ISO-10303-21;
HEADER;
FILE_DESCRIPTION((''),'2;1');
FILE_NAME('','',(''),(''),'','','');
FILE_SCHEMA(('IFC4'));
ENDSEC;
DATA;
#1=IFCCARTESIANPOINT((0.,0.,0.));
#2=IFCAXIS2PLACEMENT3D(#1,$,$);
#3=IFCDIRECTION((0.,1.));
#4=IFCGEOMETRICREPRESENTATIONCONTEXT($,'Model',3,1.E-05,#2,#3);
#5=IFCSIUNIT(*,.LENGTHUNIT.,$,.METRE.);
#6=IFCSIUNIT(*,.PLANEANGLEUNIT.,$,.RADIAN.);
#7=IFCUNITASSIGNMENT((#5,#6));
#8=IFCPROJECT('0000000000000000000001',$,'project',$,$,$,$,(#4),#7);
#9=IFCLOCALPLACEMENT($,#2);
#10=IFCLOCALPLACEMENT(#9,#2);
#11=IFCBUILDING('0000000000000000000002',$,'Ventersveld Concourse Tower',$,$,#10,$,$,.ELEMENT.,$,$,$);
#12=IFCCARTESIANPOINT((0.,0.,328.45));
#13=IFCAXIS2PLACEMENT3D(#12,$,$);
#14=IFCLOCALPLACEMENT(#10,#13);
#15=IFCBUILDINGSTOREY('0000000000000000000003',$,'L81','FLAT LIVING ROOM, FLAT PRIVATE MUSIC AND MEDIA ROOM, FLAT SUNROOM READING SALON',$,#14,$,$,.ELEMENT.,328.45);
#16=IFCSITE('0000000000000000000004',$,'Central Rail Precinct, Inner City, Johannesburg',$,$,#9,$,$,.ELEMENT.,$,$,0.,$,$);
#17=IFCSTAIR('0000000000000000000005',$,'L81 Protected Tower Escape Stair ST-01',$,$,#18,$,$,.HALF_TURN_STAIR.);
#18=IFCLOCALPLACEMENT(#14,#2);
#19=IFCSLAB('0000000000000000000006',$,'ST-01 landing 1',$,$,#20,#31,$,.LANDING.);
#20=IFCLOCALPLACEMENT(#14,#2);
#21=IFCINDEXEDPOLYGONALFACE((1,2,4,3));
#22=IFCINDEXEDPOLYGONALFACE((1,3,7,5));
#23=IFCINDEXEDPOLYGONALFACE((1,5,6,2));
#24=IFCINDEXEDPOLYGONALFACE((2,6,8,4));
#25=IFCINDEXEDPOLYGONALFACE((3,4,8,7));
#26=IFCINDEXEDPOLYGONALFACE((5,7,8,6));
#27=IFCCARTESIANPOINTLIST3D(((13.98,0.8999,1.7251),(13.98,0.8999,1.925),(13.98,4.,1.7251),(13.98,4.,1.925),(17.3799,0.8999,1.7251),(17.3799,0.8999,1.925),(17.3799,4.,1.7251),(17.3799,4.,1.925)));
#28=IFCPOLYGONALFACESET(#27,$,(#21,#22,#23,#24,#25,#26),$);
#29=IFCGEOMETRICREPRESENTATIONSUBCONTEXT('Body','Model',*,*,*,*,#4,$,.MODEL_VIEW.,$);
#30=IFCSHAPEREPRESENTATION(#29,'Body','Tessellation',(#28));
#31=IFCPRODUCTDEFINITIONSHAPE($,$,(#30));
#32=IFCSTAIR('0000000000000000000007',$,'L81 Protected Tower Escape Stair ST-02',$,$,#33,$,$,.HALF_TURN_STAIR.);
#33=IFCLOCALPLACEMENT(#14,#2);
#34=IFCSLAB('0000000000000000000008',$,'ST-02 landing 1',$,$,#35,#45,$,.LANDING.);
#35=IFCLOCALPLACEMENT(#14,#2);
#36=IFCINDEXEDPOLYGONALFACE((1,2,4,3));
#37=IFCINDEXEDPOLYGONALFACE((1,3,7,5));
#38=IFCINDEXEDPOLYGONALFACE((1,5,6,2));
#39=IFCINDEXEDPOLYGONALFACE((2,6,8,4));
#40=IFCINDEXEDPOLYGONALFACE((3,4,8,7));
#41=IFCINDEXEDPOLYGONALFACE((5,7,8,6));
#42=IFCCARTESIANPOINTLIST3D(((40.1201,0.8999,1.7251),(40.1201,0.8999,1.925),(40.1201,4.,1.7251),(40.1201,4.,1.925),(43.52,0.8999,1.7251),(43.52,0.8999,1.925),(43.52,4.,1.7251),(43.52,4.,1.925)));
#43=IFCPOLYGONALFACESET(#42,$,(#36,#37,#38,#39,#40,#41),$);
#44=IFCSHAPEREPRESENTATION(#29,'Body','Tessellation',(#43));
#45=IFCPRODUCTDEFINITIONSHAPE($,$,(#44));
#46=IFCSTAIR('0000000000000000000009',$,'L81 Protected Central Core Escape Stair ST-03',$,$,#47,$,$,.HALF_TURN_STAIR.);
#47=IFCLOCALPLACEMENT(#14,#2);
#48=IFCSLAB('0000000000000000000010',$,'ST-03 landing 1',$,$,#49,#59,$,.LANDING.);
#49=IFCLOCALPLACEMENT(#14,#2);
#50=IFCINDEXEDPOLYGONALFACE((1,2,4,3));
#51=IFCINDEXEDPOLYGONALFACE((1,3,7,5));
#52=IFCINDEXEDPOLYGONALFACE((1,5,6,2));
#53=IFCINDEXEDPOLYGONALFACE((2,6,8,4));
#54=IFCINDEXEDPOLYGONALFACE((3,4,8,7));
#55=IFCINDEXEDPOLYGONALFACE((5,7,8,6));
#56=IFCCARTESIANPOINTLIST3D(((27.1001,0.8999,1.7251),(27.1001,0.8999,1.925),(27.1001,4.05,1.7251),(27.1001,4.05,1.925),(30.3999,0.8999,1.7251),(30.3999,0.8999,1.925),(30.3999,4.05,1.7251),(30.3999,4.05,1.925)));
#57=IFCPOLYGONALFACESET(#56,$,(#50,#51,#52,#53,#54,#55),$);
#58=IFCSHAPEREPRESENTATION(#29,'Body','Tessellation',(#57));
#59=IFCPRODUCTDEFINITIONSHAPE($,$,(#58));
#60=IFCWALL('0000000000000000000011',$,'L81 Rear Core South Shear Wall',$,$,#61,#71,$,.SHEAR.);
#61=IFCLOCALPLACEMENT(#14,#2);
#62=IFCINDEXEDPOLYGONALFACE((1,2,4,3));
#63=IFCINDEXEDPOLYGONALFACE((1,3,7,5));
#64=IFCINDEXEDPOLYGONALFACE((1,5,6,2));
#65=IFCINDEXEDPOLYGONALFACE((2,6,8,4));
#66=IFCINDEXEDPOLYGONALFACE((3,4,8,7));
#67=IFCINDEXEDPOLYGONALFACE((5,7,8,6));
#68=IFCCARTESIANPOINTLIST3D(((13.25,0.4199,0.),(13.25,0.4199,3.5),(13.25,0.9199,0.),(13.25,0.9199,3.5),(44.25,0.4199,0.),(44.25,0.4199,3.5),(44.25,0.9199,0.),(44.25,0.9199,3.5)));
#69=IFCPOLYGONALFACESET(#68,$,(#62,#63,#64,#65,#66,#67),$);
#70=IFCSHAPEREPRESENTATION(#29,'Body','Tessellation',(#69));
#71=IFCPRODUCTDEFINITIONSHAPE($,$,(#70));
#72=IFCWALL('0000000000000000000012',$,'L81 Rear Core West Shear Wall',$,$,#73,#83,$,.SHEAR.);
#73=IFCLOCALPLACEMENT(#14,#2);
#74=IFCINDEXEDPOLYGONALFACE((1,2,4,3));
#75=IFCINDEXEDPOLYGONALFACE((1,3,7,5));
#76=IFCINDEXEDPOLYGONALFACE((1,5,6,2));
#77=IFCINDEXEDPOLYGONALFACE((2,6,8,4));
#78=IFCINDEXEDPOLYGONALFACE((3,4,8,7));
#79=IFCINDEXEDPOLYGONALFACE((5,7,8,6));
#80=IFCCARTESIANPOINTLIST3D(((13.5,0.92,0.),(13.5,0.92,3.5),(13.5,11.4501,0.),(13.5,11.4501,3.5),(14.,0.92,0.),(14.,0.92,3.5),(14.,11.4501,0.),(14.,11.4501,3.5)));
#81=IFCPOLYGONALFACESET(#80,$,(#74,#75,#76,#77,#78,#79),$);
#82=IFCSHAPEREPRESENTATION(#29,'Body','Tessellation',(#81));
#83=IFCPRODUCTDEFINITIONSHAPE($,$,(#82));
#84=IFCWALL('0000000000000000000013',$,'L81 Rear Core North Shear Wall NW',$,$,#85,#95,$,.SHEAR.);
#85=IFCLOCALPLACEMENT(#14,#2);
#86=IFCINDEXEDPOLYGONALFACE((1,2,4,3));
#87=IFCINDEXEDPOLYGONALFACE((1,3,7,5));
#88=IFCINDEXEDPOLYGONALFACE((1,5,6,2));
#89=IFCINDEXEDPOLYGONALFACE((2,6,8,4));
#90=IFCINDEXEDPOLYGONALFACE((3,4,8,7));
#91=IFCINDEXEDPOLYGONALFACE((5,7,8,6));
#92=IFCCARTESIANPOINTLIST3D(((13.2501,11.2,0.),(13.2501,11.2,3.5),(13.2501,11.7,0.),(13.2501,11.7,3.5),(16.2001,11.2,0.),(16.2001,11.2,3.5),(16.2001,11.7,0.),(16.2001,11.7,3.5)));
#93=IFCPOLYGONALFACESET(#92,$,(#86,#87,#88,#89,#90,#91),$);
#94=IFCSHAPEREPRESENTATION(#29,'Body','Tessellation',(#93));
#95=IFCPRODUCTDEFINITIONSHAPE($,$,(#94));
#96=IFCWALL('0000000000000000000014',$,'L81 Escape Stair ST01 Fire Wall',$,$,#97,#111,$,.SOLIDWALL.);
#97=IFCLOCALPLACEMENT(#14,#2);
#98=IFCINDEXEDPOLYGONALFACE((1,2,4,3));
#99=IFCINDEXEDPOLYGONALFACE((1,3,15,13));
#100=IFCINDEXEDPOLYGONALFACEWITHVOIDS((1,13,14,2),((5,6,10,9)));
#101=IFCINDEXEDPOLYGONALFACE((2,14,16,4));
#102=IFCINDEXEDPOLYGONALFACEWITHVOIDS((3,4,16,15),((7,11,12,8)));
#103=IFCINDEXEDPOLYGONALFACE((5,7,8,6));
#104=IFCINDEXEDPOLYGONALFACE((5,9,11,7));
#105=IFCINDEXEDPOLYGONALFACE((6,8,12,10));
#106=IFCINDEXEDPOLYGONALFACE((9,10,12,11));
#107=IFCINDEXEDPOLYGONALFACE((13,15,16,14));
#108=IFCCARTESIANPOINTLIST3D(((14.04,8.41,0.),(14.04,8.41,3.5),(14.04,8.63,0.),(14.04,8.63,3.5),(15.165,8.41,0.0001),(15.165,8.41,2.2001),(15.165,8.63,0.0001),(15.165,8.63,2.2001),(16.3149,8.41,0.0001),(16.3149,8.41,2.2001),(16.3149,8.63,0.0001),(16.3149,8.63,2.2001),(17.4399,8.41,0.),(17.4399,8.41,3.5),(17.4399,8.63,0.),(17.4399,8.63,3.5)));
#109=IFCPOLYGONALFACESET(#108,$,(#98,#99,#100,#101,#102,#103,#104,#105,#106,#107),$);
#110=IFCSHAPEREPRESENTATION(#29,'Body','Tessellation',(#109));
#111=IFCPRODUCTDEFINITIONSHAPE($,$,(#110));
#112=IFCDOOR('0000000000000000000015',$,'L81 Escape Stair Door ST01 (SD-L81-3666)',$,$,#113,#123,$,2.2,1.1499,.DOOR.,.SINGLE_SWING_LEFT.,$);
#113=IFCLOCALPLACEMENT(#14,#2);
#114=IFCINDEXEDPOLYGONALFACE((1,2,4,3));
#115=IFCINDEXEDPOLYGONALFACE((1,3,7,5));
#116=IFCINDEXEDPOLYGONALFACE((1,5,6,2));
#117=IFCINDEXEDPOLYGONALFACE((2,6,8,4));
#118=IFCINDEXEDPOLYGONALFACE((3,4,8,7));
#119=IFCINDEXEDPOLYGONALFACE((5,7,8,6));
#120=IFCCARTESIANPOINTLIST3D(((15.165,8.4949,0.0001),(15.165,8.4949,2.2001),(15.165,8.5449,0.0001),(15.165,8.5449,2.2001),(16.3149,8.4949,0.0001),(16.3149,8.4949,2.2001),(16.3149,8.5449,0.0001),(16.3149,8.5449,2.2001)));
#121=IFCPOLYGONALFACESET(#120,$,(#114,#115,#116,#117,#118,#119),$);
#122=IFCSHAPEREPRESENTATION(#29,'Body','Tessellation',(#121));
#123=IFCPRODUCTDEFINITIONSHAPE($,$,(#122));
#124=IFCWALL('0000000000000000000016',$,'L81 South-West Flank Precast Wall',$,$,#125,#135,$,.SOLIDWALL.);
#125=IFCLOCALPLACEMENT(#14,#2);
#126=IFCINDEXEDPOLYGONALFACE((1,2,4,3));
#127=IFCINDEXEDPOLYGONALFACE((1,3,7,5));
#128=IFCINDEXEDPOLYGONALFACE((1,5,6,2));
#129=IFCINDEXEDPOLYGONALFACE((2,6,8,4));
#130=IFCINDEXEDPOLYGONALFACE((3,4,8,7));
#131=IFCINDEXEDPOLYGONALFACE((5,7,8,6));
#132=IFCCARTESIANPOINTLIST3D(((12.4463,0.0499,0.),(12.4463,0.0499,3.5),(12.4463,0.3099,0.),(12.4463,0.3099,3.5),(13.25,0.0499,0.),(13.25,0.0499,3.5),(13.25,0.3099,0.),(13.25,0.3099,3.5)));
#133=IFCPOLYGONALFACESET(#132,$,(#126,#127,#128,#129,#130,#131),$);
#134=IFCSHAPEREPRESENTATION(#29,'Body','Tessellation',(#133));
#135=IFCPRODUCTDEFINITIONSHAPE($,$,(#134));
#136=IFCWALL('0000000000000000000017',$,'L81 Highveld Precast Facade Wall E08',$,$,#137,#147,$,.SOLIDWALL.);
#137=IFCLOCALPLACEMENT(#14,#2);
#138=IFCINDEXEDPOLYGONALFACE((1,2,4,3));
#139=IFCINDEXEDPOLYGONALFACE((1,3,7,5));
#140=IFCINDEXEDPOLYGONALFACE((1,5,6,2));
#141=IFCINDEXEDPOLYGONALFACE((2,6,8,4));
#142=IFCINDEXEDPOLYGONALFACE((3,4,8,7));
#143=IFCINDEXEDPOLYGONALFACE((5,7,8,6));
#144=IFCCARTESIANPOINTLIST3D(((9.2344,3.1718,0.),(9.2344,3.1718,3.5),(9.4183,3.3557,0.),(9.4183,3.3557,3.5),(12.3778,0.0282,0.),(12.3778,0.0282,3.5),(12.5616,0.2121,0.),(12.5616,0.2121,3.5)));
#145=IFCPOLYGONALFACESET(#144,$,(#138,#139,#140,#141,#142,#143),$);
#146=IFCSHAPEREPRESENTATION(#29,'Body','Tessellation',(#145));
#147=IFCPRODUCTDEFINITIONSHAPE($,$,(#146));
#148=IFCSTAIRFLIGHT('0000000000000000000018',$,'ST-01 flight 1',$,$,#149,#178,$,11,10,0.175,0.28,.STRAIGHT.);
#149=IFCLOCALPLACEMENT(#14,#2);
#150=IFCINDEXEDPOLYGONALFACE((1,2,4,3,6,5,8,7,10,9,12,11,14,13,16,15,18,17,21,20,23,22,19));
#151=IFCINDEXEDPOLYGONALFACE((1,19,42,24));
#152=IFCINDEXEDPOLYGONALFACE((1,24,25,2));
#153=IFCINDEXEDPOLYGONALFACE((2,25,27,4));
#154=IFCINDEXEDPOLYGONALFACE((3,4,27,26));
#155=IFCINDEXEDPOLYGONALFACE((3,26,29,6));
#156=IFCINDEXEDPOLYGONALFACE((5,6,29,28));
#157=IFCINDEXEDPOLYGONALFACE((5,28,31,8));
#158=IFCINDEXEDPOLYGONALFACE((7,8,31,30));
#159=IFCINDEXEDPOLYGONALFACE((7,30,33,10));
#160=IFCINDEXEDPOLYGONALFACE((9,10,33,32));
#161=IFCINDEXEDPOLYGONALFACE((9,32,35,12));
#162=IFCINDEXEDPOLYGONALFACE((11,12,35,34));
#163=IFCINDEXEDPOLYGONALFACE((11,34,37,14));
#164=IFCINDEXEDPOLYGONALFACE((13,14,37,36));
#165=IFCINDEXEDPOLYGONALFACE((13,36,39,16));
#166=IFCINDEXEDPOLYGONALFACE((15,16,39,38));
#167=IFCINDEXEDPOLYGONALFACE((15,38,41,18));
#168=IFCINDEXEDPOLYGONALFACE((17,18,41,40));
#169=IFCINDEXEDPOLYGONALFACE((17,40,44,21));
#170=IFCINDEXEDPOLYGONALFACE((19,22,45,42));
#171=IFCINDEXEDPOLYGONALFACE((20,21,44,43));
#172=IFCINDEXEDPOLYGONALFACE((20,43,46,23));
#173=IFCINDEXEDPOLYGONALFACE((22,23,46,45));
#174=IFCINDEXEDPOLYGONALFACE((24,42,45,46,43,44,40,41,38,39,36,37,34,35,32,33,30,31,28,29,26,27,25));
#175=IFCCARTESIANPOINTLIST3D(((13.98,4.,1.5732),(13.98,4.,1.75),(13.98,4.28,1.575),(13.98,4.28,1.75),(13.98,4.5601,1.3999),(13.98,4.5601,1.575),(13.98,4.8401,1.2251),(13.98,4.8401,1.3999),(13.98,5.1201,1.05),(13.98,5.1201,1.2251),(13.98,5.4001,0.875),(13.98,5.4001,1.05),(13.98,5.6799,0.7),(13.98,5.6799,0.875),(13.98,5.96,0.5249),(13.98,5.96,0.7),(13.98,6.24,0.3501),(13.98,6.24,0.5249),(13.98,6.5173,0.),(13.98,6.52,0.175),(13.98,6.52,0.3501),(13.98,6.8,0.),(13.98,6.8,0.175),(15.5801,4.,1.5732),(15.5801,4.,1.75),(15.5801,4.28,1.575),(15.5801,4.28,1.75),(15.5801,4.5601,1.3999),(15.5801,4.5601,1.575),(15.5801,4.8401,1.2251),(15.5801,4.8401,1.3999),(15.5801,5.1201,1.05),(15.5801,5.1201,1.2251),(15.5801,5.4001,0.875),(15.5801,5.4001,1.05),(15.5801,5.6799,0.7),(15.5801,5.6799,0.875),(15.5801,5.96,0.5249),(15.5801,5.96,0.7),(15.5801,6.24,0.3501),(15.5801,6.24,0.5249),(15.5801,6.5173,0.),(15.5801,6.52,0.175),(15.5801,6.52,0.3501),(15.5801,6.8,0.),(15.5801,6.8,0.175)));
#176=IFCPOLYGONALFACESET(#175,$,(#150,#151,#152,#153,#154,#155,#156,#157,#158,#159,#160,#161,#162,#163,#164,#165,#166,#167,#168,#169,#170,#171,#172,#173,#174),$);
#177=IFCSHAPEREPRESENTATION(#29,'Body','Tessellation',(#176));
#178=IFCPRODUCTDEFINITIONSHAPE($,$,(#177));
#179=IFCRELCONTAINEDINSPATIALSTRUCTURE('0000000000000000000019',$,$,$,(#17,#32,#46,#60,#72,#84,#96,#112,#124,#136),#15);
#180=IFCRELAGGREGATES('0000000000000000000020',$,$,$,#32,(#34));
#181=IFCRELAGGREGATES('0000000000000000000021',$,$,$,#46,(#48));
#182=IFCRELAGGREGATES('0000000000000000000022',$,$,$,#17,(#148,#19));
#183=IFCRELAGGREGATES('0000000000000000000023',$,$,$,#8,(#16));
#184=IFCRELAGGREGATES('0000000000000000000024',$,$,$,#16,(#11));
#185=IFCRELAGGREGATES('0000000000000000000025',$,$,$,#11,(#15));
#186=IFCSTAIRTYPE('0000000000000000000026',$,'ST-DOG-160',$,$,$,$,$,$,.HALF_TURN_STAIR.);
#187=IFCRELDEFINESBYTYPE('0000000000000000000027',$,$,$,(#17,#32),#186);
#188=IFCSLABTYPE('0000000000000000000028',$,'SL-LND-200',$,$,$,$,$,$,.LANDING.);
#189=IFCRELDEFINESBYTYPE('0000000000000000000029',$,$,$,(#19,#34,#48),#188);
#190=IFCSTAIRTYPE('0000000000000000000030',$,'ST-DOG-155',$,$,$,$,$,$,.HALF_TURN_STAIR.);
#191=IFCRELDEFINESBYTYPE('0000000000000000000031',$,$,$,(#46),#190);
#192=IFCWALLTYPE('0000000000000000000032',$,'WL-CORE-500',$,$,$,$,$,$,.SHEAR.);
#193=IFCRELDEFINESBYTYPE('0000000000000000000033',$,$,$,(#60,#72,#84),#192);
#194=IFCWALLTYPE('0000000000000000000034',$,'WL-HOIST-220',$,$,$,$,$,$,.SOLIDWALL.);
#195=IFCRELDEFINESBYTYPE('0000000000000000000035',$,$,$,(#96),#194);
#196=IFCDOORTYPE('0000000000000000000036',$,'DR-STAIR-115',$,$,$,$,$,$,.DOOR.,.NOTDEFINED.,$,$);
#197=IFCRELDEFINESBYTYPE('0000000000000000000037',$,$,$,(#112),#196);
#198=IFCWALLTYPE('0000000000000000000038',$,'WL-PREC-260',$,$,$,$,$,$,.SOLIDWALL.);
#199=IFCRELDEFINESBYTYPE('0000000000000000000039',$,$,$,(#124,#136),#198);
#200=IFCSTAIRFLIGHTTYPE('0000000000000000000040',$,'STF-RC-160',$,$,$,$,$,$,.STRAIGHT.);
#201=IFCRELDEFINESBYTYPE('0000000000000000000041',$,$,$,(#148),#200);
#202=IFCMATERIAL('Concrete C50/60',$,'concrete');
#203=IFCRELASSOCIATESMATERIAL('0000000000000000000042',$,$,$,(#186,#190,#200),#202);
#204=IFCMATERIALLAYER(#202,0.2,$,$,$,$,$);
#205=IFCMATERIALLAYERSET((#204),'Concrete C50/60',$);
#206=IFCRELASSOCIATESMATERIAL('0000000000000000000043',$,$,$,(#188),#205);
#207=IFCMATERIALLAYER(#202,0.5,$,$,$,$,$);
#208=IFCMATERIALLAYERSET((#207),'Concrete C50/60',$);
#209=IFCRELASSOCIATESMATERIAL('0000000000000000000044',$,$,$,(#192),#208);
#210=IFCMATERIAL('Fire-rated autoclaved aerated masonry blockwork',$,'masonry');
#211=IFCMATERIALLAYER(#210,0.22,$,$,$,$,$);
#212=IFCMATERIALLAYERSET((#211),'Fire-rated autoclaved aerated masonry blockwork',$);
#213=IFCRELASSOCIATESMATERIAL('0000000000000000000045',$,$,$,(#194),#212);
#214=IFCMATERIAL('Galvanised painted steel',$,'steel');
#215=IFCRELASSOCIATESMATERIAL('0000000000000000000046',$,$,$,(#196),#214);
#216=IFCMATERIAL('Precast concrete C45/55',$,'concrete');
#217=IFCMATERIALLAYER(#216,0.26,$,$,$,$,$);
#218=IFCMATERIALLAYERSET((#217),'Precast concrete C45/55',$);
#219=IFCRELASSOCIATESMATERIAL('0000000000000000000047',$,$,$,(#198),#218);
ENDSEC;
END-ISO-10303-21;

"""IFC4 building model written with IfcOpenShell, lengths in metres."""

from ifc_helpers import new_model, si_unit, direction, frame, frame_2d, origin, place, context, subcontext, project, spatial, polyline, rectangle, outline, extrude, material, layer, layer_set, type_object, element, fill, aggregate, save


model = new_model("IFC4")

# Units and contexts
model_context = context("Model", 3, precision=1e-05, world=origin(), true_north=direction((0.0, 1.0)))
body_context = subcontext(model_context, "Body", "Model", "MODEL_VIEW")
ifc_project = project(units=[si_unit("LENGTHUNIT", "METRE"), si_unit("PLANEANGLEUNIT", "RADIAN")], contexts=[model_context])

# Site, building, storey
site_placement = place(None, origin())
site = spatial("IfcSite", under=ifc_project, at=site_placement, Name="Central Rail Precinct, Inner City, Johannesburg", CompositionType="ELEMENT", RefElevation=0.0)
building_placement = place(site_placement, origin())
building = spatial("IfcBuilding", under=site, at=building_placement, Name="Ventersveld Concourse Tower", CompositionType="ELEMENT")
storey_placement = place(building_placement, frame((0.0, 0.0, 328.45)))
storey = spatial("IfcBuildingStorey", under=building, at=storey_placement, Name="L81", Description="FLAT LIVING ROOM, FLAT PRIVATE MUSIC AND MEDIA ROOM, FLAT SUNROOM READING SALON", CompositionType="ELEMENT", Elevation=328.45)

# Shared definitions
ifc_material_1 = material(Name="Concrete C50/60", Category="concrete")

# Stairs, slabs
stair_type_1 = type_object("IfcStairType", Name="ST-DOG-160", PredefinedType="HALF_TURN_STAIR", material=ifc_material_1)
stair_1_placement = place(storey_placement, origin())
stair_1 = element("IfcStair", 1, at=stair_1_placement, inside=storey, type_object=stair_type_1, Name="L81 Protected Tower Escape Stair ST-01", PredefinedType="HALF_TURN_STAIR")
ifc_layer_1 = layer(ifc_material_1, 0.2)
ifc_layer_set_1 = layer_set([ifc_layer_1], Name="Concrete C50/60")
slab_type_1 = type_object("IfcSlabType", Name="SL-LND-200", PredefinedType="LANDING", material=ifc_layer_set_1)
slab_1_placement = place(storey_placement, frame((0.0, 0.0, 1.7251)))
slab_1 = element("IfcSlab", 2, at=slab_1_placement, type_object=slab_type_1, Name="ST-01 landing 1", PredefinedType="LANDING", context=body_context, shape_type="SweptSolid", body=[
    extrude(outline(polyline([(13.98, 4.0), (13.98, 0.8999), (17.3799, 0.8999), (17.3799, 4.0), (13.98, 4.0)])), origin(), (0.0, 0.0, 1.0), 0.2),
])
stair_2_placement = place(storey_placement, origin())
stair_2 = element("IfcStair", 3, at=stair_2_placement, inside=storey, type_object=stair_type_1, Name="L81 Protected Tower Escape Stair ST-02", PredefinedType="HALF_TURN_STAIR")
slab_2_placement = place(storey_placement, frame((0.0, 0.0, 1.7251)))
slab_2 = element("IfcSlab", 4, at=slab_2_placement, type_object=slab_type_1, Name="ST-02 landing 1", PredefinedType="LANDING", context=body_context, shape_type="SweptSolid", body=[
    extrude(outline(polyline([(40.1201, 4.0), (40.1201, 0.8999), (43.52, 0.8999), (43.52, 4.0), (40.1201, 4.0)])), origin(), (0.0, 0.0, 1.0), 0.2),
])
aggregate(stair_2, [slab_2])
stair_type_2 = type_object("IfcStairType", Name="ST-DOG-155", PredefinedType="HALF_TURN_STAIR", material=ifc_material_1)
stair_3_placement = place(storey_placement, origin())
stair_3 = element("IfcStair", 5, at=stair_3_placement, inside=storey, type_object=stair_type_2, Name="L81 Protected Central Core Escape Stair ST-03", PredefinedType="HALF_TURN_STAIR")
slab_3_placement = place(storey_placement, frame((0.0, 0.0, 1.7251)))
slab_3 = element("IfcSlab", 6, at=slab_3_placement, type_object=slab_type_1, Name="ST-03 landing 1", PredefinedType="LANDING", context=body_context, shape_type="SweptSolid", body=[
    extrude(outline(polyline([(27.1001, 4.05), (27.1001, 0.8999), (30.3999, 0.8999), (30.3999, 4.05), (27.1001, 4.05)])), origin(), (0.0, 0.0, 1.0), 0.2),
])
aggregate(stair_3, [slab_3])

# Walls
ifc_layer_2 = layer(ifc_material_1, 0.5)
ifc_layer_set_2 = layer_set([ifc_layer_2], Name="Concrete C50/60")
wall_type_1 = type_object("IfcWallType", Name="WL-CORE-500", PredefinedType="SHEAR", material=ifc_layer_set_2)
wall_1_placement = place(storey_placement, frame((13.25, 0.6699, 0.0), z_axis=(0.0, 0.0, 1.0), x_axis=(1.0, 0.0, 0.0)))
element("IfcWall", 7, at=wall_1_placement, inside=storey, type_object=wall_type_1, Name="L81 Rear Core South Shear Wall", PredefinedType="SHEAR", context=body_context, shape_type="SweptSolid", body=[
    extrude(rectangle(XDim=31.0, YDim=0.5, at=frame_2d((15.5, 0.0))), origin(), (0.0, 0.0, 1.0), 3.5),
])
wall_2_placement = place(storey_placement, frame((13.75, 0.9199, 0.0), z_axis=(0.0, 0.0, 1.0), x_axis=(0.0, 1.0, 0.0)))
element("IfcWall", 8, at=wall_2_placement, inside=storey, type_object=wall_type_1, Name="L81 Rear Core West Shear Wall", PredefinedType="SHEAR", context=body_context, shape_type="SweptSolid", body=[
    extrude(rectangle(XDim=10.53, YDim=0.5, at=frame_2d((5.2651, 0.0))), origin(), (0.0, 0.0, 1.0), 3.5),
])
wall_3_placement = place(storey_placement, frame((13.25, 11.45, 0.0), z_axis=(0.0, 0.0, 1.0), x_axis=(1.0, 0.0, 0.0)))
element("IfcWall", 9, at=wall_3_placement, inside=storey, type_object=wall_type_1, Name="L81 Rear Core North Shear Wall NW", PredefinedType="SHEAR", context=body_context, shape_type="SweptSolid", body=[
    extrude(rectangle(XDim=2.95, YDim=0.5, at=frame_2d((1.4751, 0.0))), origin(), (0.0, 0.0, 1.0), 3.5),
])

# Wall, opening, door
ifc_material_2 = material(Name="Fire-rated autoclaved aerated masonry blockwork", Category="masonry")
ifc_layer_3 = layer(ifc_material_2, 0.22)
ifc_layer_set_3 = layer_set([ifc_layer_3], Name="Fire-rated autoclaved aerated masonry blockwork")
wall_type_2 = type_object("IfcWallType", Name="WL-HOIST-220", PredefinedType="SOLIDWALL", material=ifc_layer_set_3)
wall_4_placement = place(storey_placement, frame((14.04, 8.52, 0.0), z_axis=(0.0, 0.0, 1.0), x_axis=(1.0, 0.0, 0.0)))
wall_4 = element("IfcWall", 10, at=wall_4_placement, inside=storey, type_object=wall_type_2, Name="L81 Escape Stair ST01 Fire Wall", PredefinedType="SOLIDWALL", context=body_context, shape_type="SweptSolid", body=[
    extrude(rectangle(XDim=3.3999, YDim=0.22, at=frame_2d((1.7, 0.0))), origin(), (0.0, 0.0, 1.0), 3.5),
])
opening_placement = place(wall_4_placement, frame((1.125, 0.0, 0.0)))
opening = element("IfcOpeningElement", 11, at=opening_placement, cuts=wall_4, PredefinedType="OPENING", context=body_context, shape_type="SweptSolid", body=[
    extrude(rectangle(XDim=1.1499, YDim=2.2, at=frame_2d((0.575, 1.1001))), frame((0.0, 0.1201, 0.0), z_axis=(0.0, -1.0, 0.0), x_axis=(1.0, 0.0, 0.0)), (0.0, 0.0, 1.0), 0.24),
])
ifc_material_3 = material(Name="Galvanised painted steel", Category="steel")
door_type = type_object("IfcDoorType", Name="DR-STAIR-115", OperationType="NOTDEFINED", PredefinedType="DOOR", material=ifc_material_3)
door_placement = place(opening_placement, origin())
door = element("IfcDoor", 12, at=door_placement, inside=storey, type_object=door_type, Name="L81 Escape Stair Door ST01 (SD-L81-3666)", OperationType="SINGLE_SWING_LEFT", OverallHeight=2.2, OverallWidth=1.1499, PredefinedType="DOOR", context=body_context, shape_type="SweptSolid", body=[
    extrude(rectangle(XDim=1.1499, YDim=2.2, at=frame_2d((0.575, 1.1001))), frame((0.0, 0.0249, 0.0), z_axis=(0.0, -1.0, 0.0), x_axis=(1.0, 0.0, 0.0)), (0.0, 0.0, 1.0), 0.05),
])
fill(opening, door)

# Walls
ifc_material_4 = material(Name="Precast concrete C45/55", Category="concrete")
ifc_layer_4 = layer(ifc_material_4, 0.26)
ifc_layer_set_4 = layer_set([ifc_layer_4], Name="Precast concrete C45/55")
wall_type_3 = type_object("IfcWallType", Name="WL-PREC-260", PredefinedType="SOLIDWALL", material=ifc_layer_set_4)
wall_5_placement = place(storey_placement, frame((12.4463, 0.1799, 0.0), z_axis=(0.0, 0.0, 1.0), x_axis=(1.0, 0.0, 0.0)))
element("IfcWall", 13, at=wall_5_placement, inside=storey, type_object=wall_type_3, Name="L81 South-West Flank Precast Wall", PredefinedType="SOLIDWALL", context=body_context, shape_type="SweptSolid", body=[
    extrude(rectangle(XDim=0.8037, YDim=0.26, at=frame_2d((0.4019, 0.0))), origin(), (0.0, 0.0, 1.0), 3.5),
])
wall_6_placement = place(storey_placement, frame((9.3264, 3.2637, 0.0), z_axis=(0.0, 0.0, 1.0), x_axis=(0.707079, -0.707134, 0.0)))
element("IfcWall", 14, at=wall_6_placement, inside=storey, type_object=wall_type_3, Name="L81 Highveld Precast Facade Wall E08", PredefinedType="SOLIDWALL", context=body_context, shape_type="SweptSolid", body=[
    extrude(rectangle(XDim=4.4456, YDim=0.26, at=frame_2d((2.2227, 0.0))), origin(), (0.0, 0.0, 1.0), 3.5),
])

# Stair flight
stair_flight_type = type_object("IfcStairFlightType", Name="STF-RC-160", PredefinedType="STRAIGHT", material=ifc_material_1)
stair_flight_placement = place(storey_placement, frame((14.78, 6.8, 0.0), z_axis=(0.0, 0.0, 1.0), x_axis=(0.0, -1.0, 0.0)))
stair_flight = element("IfcStairFlight", 15, at=stair_flight_placement, type_object=stair_flight_type, Name="ST-01 flight 1", NumberOfRisers=11, NumberOfTreads=10, PredefinedType="STRAIGHT", RiserHeight=0.175, TreadLength=0.28, context=body_context, shape_type="SweptSolid", body=[
    extrude(outline(polyline([(0.0, 0.0), (0.0, 0.175), (0.28, 0.175), (0.28, 0.3501), (0.5601, 0.3501), (0.5601, 0.5249), (0.8401, 0.5249), (0.8401, 0.7), (1.1201, 0.7), (1.1201, 0.875), (1.3999, 0.875), (1.3999, 1.05), (1.6799, 1.05), (1.6799, 1.2251), (1.96, 1.2251), (1.96, 1.3999), (2.24, 1.3999), (2.24, 1.575), (2.52, 1.575), (2.52, 1.75), (2.8, 1.75), (2.8, 1.925), (2.8, 1.5732), (0.2827, 0.0), (0.0, 0.0)])), frame((0.0, 0.8, 0.0), z_axis=(0.0, -1.0, 0.0), x_axis=(1.0, 0.0, 0.0)), (0.0, 0.0, 1.0), 1.6001),
])
aggregate(stair_1, [stair_flight, slab_1])

save(model, "model.ifc")
